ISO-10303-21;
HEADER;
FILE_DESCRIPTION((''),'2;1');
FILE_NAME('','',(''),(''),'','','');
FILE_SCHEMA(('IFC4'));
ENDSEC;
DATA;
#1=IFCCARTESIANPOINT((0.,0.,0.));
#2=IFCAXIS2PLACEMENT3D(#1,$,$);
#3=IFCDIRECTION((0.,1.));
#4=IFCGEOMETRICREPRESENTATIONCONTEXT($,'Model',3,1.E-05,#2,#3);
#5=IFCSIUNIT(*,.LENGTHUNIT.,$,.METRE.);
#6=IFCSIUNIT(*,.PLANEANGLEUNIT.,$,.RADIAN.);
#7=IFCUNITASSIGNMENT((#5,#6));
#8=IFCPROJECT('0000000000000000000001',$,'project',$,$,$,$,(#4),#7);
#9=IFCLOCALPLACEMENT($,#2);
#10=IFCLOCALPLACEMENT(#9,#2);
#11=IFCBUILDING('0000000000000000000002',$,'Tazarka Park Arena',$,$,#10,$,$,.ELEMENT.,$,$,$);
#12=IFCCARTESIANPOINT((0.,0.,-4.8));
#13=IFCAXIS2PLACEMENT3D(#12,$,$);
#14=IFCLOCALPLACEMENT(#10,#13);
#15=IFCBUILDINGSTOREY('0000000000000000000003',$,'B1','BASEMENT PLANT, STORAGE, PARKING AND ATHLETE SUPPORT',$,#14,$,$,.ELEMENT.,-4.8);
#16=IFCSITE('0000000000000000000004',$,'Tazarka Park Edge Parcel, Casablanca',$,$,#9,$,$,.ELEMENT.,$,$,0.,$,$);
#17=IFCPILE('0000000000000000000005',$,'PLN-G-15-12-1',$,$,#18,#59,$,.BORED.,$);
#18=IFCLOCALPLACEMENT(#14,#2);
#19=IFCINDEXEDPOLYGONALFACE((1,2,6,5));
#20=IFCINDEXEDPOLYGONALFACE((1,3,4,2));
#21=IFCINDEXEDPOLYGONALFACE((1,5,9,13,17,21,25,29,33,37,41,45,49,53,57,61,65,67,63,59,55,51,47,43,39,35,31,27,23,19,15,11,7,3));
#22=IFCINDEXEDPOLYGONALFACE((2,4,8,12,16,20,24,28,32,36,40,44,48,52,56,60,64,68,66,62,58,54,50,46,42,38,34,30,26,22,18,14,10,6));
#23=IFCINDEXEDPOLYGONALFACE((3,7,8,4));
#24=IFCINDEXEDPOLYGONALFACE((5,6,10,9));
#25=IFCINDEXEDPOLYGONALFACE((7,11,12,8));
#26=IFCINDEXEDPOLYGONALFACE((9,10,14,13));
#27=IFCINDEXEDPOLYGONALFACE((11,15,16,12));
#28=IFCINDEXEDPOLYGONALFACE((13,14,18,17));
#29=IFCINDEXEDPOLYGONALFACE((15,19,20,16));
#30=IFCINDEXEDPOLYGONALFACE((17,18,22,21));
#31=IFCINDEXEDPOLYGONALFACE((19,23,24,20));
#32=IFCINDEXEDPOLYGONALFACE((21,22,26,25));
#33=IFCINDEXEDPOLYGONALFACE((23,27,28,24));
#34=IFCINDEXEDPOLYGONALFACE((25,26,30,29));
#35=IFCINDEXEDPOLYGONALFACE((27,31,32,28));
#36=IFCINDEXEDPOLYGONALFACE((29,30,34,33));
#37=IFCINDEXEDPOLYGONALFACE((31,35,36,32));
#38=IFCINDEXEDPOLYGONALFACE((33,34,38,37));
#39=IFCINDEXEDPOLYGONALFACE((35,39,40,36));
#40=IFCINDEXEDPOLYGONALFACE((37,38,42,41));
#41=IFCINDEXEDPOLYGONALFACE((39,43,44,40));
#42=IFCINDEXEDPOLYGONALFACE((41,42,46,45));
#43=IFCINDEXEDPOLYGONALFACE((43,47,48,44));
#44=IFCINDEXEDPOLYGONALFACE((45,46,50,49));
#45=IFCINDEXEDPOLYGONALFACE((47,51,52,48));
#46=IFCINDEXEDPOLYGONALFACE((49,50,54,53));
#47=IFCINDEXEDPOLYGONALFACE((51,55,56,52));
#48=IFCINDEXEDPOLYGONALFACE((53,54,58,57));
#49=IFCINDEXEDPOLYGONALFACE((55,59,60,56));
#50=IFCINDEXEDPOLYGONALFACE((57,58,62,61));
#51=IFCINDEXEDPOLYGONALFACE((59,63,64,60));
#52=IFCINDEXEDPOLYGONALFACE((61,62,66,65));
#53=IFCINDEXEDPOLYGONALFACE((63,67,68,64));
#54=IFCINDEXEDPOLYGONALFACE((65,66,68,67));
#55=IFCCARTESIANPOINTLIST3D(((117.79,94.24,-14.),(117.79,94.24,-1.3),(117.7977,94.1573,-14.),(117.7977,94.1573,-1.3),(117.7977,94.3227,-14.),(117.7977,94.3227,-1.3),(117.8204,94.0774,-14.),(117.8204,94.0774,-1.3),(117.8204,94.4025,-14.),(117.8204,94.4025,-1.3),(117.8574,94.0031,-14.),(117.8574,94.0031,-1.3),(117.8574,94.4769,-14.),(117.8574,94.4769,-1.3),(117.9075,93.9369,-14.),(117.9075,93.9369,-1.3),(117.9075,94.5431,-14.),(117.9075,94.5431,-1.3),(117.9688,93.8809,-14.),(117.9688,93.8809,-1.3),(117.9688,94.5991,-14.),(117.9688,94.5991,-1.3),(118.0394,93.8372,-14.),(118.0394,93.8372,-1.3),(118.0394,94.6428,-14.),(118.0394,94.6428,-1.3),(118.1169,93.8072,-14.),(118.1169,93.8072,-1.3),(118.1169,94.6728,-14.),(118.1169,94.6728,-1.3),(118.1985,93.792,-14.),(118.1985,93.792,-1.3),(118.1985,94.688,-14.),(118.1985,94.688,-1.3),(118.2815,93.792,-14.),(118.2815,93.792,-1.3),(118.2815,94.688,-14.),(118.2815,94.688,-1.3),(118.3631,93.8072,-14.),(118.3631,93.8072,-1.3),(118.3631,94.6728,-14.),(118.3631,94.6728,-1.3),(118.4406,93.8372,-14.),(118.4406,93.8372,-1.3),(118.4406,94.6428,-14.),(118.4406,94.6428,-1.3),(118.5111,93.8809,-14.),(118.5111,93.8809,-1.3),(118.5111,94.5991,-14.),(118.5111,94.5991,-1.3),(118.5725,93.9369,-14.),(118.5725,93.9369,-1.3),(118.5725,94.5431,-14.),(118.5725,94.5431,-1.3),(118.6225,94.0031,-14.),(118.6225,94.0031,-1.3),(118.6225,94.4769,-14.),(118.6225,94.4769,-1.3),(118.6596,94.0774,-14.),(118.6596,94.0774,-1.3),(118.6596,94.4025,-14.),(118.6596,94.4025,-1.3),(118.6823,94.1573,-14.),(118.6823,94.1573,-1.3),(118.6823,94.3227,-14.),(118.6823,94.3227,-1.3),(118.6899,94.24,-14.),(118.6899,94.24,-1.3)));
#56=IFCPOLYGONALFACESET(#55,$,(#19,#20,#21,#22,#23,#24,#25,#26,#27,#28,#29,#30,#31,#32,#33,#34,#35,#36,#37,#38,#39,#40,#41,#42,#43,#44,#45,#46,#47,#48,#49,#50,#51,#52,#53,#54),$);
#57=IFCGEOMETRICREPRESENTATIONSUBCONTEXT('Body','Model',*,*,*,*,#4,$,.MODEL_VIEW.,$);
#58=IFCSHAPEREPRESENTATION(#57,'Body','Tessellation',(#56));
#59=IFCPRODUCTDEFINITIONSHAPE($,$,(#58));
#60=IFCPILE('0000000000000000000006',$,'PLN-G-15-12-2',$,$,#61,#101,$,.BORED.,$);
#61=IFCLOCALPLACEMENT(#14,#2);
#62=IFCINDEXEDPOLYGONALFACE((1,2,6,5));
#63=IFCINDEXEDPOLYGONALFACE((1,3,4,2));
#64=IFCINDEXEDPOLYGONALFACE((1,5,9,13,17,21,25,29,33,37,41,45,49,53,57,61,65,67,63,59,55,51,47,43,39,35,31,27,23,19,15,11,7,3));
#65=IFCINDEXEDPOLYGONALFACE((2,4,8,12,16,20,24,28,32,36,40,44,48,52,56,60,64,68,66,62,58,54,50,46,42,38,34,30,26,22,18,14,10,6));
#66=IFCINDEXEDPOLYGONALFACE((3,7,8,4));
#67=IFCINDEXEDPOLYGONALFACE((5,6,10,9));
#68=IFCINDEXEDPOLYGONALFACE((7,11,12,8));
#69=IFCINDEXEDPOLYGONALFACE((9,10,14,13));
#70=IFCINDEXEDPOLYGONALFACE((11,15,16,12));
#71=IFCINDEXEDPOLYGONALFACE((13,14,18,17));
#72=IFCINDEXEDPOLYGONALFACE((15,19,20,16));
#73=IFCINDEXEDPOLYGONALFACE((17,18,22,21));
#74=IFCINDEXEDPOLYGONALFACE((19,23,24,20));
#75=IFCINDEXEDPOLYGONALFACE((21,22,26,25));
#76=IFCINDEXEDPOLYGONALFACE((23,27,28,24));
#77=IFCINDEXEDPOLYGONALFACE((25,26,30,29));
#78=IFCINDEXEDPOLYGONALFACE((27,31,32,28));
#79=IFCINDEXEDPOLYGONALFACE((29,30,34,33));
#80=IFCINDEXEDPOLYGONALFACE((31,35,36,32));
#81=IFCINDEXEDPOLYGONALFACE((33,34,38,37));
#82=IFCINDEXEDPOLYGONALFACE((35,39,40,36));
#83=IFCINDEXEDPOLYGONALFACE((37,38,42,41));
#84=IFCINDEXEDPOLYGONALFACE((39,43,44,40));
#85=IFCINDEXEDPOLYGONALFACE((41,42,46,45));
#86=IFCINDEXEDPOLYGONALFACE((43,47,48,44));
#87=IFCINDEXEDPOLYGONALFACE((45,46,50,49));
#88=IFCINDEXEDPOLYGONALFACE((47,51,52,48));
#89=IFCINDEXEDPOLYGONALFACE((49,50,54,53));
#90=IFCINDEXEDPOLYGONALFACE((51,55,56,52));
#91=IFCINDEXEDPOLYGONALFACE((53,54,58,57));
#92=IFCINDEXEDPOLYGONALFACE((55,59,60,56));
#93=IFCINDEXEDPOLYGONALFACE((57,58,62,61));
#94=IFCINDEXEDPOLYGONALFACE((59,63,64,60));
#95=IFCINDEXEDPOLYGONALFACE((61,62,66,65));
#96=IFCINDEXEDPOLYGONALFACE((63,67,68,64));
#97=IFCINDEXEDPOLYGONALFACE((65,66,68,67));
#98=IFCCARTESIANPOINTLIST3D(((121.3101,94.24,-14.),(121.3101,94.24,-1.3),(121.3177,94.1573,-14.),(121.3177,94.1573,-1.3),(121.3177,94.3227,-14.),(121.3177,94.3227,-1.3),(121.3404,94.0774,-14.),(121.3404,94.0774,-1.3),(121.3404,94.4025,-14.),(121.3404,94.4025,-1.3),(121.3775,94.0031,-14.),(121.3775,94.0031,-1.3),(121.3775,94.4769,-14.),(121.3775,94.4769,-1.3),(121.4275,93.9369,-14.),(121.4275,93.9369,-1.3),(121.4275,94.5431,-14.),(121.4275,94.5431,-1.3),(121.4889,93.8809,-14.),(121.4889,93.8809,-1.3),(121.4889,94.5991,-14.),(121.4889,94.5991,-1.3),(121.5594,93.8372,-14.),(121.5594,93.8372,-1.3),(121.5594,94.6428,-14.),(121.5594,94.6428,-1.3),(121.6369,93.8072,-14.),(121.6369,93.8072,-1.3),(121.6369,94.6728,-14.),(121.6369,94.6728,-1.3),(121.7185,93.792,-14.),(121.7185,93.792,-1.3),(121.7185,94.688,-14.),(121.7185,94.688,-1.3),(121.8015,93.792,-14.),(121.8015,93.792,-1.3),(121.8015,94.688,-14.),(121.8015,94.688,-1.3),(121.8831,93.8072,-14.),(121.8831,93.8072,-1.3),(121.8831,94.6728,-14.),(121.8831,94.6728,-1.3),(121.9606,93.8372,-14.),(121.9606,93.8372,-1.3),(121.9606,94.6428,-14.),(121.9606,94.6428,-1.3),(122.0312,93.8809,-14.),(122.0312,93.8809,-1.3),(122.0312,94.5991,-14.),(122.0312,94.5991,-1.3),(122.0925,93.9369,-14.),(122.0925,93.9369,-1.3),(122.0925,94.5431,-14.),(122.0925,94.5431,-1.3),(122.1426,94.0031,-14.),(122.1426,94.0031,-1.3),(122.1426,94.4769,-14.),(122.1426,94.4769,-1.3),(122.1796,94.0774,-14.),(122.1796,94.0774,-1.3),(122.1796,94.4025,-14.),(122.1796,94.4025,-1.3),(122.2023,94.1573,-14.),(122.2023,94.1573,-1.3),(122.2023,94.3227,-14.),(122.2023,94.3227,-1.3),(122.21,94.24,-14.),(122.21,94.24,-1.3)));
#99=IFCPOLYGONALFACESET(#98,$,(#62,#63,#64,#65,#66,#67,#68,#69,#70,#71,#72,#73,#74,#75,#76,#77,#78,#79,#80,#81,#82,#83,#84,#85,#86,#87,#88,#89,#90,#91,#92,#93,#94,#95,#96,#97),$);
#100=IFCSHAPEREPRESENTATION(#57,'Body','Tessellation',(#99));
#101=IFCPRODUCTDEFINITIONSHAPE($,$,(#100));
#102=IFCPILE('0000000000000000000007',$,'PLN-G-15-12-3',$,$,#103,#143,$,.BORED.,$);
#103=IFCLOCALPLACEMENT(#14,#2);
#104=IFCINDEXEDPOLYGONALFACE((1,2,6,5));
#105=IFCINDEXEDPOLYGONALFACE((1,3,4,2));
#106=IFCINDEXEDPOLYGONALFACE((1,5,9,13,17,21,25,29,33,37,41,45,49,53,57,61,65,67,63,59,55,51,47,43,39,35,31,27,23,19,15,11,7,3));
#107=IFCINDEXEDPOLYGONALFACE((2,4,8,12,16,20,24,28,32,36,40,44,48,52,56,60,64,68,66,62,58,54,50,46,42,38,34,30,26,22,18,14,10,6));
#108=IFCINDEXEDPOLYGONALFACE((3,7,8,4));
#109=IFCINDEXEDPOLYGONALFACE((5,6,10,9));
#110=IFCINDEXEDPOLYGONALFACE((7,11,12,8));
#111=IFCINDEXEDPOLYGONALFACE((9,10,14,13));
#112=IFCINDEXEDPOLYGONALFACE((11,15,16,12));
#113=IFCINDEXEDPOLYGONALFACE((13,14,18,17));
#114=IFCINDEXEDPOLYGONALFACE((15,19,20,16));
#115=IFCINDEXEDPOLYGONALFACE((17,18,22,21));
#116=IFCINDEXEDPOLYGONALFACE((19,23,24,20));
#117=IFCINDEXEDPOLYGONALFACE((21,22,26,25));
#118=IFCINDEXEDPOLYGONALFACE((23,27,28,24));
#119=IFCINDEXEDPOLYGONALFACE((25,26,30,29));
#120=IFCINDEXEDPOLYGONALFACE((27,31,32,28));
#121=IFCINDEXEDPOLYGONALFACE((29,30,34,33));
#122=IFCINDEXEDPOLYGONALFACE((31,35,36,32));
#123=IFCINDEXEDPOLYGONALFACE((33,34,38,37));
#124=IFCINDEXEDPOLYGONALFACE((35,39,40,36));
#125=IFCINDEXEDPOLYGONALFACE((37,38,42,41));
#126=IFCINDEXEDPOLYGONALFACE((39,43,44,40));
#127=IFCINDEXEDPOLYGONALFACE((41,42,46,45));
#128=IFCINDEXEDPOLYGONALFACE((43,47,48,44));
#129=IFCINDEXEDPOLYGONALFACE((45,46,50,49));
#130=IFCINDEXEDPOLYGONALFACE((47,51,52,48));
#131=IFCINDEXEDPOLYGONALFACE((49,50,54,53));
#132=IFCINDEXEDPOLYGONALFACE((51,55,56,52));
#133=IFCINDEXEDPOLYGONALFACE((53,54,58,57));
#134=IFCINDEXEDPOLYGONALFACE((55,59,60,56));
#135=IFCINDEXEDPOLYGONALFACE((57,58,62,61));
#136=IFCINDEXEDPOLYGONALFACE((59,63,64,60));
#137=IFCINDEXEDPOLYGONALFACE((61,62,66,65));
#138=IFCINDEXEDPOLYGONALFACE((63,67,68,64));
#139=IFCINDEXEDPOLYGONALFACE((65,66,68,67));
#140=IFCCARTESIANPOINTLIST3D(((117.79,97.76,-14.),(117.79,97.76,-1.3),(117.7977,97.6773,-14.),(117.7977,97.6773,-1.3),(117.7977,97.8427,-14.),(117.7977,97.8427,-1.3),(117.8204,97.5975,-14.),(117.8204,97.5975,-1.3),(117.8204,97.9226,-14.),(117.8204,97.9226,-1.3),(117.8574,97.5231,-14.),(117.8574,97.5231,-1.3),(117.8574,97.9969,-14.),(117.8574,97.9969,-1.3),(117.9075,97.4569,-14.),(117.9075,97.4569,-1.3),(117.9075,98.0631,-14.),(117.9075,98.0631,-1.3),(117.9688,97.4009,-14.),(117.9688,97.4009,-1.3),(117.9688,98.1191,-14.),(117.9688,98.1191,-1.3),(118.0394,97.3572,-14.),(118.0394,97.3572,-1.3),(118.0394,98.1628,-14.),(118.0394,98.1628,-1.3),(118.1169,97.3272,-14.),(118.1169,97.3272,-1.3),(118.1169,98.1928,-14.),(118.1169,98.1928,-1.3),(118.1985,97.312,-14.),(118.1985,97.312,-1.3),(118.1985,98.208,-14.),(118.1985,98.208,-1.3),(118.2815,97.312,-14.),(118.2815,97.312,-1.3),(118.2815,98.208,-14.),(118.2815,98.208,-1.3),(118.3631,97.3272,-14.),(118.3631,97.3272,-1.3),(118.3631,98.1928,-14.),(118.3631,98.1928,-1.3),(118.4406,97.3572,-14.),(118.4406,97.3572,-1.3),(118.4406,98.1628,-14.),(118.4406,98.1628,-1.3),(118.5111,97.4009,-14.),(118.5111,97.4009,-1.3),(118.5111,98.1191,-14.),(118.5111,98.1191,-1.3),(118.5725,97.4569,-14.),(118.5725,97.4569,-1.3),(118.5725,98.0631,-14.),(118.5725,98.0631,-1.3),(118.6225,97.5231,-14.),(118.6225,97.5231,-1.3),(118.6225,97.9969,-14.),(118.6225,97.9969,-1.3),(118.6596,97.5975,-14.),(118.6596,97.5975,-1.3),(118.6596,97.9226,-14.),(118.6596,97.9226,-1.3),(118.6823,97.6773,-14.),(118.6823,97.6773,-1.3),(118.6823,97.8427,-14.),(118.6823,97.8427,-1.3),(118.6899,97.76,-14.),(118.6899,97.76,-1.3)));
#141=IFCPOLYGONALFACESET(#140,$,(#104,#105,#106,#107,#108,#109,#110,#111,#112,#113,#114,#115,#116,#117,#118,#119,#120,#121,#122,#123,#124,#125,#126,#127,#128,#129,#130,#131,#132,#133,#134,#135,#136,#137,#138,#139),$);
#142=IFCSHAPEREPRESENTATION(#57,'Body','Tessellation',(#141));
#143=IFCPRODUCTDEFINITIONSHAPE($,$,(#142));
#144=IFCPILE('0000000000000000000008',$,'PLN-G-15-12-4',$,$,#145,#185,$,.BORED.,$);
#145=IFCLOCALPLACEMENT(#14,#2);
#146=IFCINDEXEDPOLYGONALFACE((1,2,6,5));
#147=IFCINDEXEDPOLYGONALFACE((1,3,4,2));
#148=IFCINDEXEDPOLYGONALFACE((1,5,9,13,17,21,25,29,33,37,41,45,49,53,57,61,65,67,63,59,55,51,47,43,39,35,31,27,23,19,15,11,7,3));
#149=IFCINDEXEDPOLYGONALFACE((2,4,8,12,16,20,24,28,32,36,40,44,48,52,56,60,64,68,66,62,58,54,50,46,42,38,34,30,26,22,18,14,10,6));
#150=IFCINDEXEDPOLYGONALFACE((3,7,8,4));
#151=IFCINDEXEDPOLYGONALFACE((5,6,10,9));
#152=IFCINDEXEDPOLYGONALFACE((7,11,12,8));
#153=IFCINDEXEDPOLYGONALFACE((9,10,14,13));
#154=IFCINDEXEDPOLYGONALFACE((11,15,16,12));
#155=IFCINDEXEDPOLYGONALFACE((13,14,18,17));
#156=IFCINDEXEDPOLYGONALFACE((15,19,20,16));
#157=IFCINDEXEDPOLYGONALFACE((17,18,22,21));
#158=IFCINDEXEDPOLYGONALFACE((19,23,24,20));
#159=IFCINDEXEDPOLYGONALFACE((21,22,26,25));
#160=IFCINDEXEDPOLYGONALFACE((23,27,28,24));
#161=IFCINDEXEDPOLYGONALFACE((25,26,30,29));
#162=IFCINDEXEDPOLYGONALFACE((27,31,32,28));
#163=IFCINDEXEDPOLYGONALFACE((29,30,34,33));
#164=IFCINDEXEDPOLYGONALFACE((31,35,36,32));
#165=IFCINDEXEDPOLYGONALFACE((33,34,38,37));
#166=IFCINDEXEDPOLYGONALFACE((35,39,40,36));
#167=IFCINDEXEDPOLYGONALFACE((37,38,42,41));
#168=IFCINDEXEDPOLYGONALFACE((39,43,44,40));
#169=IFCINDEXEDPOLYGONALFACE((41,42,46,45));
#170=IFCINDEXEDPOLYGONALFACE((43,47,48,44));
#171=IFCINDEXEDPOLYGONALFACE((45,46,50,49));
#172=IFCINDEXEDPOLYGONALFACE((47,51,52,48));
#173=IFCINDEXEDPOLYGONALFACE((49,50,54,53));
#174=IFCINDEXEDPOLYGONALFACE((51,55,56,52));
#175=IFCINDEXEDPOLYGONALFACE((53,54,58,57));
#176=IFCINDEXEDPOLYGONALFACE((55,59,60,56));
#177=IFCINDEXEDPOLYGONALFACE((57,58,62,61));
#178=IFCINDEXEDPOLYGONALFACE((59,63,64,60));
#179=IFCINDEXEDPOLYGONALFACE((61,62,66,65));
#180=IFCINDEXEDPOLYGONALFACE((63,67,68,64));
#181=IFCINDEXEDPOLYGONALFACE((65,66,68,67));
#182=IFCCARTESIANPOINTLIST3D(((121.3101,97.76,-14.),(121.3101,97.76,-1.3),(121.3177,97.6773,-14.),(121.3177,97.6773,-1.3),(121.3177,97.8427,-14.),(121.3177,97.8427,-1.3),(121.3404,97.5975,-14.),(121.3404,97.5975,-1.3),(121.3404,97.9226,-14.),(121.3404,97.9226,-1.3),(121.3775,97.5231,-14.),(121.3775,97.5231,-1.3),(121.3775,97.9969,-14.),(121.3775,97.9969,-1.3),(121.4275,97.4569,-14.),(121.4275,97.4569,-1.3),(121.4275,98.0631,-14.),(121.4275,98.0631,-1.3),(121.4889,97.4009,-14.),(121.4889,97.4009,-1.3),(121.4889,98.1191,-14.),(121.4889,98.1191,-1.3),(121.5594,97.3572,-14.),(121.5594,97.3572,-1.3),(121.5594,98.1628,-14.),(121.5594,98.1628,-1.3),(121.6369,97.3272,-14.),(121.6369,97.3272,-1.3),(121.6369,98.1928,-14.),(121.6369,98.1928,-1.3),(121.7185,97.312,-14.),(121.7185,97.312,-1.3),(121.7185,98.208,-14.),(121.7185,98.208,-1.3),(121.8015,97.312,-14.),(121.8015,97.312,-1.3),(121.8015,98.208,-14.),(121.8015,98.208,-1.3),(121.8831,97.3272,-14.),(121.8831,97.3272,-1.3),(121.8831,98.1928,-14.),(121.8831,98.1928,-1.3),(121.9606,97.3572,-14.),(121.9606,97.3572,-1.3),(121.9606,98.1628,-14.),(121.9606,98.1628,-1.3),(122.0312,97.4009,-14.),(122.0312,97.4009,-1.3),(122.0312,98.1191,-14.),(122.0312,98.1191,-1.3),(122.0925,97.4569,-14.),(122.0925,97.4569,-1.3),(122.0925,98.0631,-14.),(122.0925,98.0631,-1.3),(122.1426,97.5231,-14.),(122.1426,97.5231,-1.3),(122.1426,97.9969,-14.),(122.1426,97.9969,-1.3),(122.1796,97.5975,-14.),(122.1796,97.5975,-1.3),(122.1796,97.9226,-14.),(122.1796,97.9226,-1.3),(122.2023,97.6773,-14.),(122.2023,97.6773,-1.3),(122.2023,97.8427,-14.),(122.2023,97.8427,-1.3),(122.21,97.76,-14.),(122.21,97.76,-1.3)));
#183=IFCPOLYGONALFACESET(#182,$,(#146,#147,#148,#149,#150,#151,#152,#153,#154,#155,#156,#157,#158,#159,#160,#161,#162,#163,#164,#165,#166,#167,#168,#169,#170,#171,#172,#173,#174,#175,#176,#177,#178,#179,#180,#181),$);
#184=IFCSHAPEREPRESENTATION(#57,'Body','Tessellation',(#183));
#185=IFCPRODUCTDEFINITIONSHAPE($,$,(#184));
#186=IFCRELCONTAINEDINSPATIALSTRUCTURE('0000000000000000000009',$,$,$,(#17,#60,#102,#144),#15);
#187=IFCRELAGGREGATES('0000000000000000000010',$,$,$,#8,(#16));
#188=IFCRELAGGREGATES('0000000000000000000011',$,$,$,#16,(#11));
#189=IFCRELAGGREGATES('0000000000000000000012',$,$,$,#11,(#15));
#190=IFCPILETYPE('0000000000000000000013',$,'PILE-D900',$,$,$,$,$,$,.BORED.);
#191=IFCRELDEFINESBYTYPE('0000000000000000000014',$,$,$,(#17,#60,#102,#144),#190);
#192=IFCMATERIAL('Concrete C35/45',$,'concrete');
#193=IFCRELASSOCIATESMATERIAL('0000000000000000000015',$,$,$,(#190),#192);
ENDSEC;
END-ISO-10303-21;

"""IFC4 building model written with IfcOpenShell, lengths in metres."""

from ifc_helpers import new_model, si_unit, direction, frame, origin, origin_2d, place, context, subcontext, project, spatial, circle, extrude, material, material_profile, profile_set, type_object, element, save


model = new_model("IFC4")

# Units and contexts
model_context = context("Model", 3, precision=1e-05, world=origin(), true_north=direction((0.0, 1.0)))
body_context = subcontext(model_context, "Body", "Model", "MODEL_VIEW")
ifc_project = project(units=[si_unit("LENGTHUNIT", "METRE"), si_unit("PLANEANGLEUNIT", "RADIAN")], contexts=[model_context])

# Site, building, storey
site_placement = place(None, origin())
site = spatial("IfcSite", under=ifc_project, at=site_placement, Name="Tazarka Park Edge Parcel, Casablanca", CompositionType="ELEMENT", RefElevation=0.0)
building_placement = place(site_placement, origin())
building = spatial("IfcBuilding", under=site, at=building_placement, Name="Tazarka Park Arena", CompositionType="ELEMENT")
storey_placement = place(building_placement, frame((0.0, 0.0, -4.8)))
storey = spatial("IfcBuildingStorey", under=building, at=storey_placement, Name="B1", Description="BASEMENT PLANT, STORAGE, PARKING AND ATHLETE SUPPORT", CompositionType="ELEMENT", Elevation=-4.8)

# Piles
ifc_material_1 = material(Name="Concrete C35/45", Category="concrete")
ifc_material_profile_1 = material_profile(ifc_material_1, circle(Radius=0.45, at=origin_2d()), Name="Concrete C35/45")
ifc_profile_set_1 = profile_set([ifc_material_profile_1], Name="Concrete C35/45")
pile_type_1 = type_object("IfcPileType", Name="PILE-D900", PredefinedType="BORED", material=ifc_profile_set_1)
for number, where, z_axis, x_axis, name in (
    (1, (118.24, 94.24, -1.3), (0.0, 0.0, -1.0), (1.0, 0.0, 0.0), "PLN-G-15-12-1"),
    (2, (121.76, 94.24, -1.3), (0.0, 0.0, -1.0), (1.0, 0.0, 0.0), "PLN-G-15-12-2"),
    (3, (118.24, 97.76, -1.3), (0.0, 0.0, -1.0), (1.0, 0.0, 0.0), "PLN-G-15-12-3"),
    (4, (121.76, 97.76, -1.3), (0.0, 0.0, -1.0), (1.0, 0.0, 0.0), "PLN-G-15-12-4"),
):
    element("IfcPile", number, at=place(storey_placement, frame(where, z_axis=z_axis, x_axis=x_axis)), inside=storey, type_object=pile_type_1, Name=name, PredefinedType="BORED", context=body_context, shape_type="SweptSolid", body=[
        extrude(circle(Radius=0.45, at=origin_2d()), origin(), (0.0, 0.0, 1.0), 12.7),
    ])

save(model, "model.ifc")
